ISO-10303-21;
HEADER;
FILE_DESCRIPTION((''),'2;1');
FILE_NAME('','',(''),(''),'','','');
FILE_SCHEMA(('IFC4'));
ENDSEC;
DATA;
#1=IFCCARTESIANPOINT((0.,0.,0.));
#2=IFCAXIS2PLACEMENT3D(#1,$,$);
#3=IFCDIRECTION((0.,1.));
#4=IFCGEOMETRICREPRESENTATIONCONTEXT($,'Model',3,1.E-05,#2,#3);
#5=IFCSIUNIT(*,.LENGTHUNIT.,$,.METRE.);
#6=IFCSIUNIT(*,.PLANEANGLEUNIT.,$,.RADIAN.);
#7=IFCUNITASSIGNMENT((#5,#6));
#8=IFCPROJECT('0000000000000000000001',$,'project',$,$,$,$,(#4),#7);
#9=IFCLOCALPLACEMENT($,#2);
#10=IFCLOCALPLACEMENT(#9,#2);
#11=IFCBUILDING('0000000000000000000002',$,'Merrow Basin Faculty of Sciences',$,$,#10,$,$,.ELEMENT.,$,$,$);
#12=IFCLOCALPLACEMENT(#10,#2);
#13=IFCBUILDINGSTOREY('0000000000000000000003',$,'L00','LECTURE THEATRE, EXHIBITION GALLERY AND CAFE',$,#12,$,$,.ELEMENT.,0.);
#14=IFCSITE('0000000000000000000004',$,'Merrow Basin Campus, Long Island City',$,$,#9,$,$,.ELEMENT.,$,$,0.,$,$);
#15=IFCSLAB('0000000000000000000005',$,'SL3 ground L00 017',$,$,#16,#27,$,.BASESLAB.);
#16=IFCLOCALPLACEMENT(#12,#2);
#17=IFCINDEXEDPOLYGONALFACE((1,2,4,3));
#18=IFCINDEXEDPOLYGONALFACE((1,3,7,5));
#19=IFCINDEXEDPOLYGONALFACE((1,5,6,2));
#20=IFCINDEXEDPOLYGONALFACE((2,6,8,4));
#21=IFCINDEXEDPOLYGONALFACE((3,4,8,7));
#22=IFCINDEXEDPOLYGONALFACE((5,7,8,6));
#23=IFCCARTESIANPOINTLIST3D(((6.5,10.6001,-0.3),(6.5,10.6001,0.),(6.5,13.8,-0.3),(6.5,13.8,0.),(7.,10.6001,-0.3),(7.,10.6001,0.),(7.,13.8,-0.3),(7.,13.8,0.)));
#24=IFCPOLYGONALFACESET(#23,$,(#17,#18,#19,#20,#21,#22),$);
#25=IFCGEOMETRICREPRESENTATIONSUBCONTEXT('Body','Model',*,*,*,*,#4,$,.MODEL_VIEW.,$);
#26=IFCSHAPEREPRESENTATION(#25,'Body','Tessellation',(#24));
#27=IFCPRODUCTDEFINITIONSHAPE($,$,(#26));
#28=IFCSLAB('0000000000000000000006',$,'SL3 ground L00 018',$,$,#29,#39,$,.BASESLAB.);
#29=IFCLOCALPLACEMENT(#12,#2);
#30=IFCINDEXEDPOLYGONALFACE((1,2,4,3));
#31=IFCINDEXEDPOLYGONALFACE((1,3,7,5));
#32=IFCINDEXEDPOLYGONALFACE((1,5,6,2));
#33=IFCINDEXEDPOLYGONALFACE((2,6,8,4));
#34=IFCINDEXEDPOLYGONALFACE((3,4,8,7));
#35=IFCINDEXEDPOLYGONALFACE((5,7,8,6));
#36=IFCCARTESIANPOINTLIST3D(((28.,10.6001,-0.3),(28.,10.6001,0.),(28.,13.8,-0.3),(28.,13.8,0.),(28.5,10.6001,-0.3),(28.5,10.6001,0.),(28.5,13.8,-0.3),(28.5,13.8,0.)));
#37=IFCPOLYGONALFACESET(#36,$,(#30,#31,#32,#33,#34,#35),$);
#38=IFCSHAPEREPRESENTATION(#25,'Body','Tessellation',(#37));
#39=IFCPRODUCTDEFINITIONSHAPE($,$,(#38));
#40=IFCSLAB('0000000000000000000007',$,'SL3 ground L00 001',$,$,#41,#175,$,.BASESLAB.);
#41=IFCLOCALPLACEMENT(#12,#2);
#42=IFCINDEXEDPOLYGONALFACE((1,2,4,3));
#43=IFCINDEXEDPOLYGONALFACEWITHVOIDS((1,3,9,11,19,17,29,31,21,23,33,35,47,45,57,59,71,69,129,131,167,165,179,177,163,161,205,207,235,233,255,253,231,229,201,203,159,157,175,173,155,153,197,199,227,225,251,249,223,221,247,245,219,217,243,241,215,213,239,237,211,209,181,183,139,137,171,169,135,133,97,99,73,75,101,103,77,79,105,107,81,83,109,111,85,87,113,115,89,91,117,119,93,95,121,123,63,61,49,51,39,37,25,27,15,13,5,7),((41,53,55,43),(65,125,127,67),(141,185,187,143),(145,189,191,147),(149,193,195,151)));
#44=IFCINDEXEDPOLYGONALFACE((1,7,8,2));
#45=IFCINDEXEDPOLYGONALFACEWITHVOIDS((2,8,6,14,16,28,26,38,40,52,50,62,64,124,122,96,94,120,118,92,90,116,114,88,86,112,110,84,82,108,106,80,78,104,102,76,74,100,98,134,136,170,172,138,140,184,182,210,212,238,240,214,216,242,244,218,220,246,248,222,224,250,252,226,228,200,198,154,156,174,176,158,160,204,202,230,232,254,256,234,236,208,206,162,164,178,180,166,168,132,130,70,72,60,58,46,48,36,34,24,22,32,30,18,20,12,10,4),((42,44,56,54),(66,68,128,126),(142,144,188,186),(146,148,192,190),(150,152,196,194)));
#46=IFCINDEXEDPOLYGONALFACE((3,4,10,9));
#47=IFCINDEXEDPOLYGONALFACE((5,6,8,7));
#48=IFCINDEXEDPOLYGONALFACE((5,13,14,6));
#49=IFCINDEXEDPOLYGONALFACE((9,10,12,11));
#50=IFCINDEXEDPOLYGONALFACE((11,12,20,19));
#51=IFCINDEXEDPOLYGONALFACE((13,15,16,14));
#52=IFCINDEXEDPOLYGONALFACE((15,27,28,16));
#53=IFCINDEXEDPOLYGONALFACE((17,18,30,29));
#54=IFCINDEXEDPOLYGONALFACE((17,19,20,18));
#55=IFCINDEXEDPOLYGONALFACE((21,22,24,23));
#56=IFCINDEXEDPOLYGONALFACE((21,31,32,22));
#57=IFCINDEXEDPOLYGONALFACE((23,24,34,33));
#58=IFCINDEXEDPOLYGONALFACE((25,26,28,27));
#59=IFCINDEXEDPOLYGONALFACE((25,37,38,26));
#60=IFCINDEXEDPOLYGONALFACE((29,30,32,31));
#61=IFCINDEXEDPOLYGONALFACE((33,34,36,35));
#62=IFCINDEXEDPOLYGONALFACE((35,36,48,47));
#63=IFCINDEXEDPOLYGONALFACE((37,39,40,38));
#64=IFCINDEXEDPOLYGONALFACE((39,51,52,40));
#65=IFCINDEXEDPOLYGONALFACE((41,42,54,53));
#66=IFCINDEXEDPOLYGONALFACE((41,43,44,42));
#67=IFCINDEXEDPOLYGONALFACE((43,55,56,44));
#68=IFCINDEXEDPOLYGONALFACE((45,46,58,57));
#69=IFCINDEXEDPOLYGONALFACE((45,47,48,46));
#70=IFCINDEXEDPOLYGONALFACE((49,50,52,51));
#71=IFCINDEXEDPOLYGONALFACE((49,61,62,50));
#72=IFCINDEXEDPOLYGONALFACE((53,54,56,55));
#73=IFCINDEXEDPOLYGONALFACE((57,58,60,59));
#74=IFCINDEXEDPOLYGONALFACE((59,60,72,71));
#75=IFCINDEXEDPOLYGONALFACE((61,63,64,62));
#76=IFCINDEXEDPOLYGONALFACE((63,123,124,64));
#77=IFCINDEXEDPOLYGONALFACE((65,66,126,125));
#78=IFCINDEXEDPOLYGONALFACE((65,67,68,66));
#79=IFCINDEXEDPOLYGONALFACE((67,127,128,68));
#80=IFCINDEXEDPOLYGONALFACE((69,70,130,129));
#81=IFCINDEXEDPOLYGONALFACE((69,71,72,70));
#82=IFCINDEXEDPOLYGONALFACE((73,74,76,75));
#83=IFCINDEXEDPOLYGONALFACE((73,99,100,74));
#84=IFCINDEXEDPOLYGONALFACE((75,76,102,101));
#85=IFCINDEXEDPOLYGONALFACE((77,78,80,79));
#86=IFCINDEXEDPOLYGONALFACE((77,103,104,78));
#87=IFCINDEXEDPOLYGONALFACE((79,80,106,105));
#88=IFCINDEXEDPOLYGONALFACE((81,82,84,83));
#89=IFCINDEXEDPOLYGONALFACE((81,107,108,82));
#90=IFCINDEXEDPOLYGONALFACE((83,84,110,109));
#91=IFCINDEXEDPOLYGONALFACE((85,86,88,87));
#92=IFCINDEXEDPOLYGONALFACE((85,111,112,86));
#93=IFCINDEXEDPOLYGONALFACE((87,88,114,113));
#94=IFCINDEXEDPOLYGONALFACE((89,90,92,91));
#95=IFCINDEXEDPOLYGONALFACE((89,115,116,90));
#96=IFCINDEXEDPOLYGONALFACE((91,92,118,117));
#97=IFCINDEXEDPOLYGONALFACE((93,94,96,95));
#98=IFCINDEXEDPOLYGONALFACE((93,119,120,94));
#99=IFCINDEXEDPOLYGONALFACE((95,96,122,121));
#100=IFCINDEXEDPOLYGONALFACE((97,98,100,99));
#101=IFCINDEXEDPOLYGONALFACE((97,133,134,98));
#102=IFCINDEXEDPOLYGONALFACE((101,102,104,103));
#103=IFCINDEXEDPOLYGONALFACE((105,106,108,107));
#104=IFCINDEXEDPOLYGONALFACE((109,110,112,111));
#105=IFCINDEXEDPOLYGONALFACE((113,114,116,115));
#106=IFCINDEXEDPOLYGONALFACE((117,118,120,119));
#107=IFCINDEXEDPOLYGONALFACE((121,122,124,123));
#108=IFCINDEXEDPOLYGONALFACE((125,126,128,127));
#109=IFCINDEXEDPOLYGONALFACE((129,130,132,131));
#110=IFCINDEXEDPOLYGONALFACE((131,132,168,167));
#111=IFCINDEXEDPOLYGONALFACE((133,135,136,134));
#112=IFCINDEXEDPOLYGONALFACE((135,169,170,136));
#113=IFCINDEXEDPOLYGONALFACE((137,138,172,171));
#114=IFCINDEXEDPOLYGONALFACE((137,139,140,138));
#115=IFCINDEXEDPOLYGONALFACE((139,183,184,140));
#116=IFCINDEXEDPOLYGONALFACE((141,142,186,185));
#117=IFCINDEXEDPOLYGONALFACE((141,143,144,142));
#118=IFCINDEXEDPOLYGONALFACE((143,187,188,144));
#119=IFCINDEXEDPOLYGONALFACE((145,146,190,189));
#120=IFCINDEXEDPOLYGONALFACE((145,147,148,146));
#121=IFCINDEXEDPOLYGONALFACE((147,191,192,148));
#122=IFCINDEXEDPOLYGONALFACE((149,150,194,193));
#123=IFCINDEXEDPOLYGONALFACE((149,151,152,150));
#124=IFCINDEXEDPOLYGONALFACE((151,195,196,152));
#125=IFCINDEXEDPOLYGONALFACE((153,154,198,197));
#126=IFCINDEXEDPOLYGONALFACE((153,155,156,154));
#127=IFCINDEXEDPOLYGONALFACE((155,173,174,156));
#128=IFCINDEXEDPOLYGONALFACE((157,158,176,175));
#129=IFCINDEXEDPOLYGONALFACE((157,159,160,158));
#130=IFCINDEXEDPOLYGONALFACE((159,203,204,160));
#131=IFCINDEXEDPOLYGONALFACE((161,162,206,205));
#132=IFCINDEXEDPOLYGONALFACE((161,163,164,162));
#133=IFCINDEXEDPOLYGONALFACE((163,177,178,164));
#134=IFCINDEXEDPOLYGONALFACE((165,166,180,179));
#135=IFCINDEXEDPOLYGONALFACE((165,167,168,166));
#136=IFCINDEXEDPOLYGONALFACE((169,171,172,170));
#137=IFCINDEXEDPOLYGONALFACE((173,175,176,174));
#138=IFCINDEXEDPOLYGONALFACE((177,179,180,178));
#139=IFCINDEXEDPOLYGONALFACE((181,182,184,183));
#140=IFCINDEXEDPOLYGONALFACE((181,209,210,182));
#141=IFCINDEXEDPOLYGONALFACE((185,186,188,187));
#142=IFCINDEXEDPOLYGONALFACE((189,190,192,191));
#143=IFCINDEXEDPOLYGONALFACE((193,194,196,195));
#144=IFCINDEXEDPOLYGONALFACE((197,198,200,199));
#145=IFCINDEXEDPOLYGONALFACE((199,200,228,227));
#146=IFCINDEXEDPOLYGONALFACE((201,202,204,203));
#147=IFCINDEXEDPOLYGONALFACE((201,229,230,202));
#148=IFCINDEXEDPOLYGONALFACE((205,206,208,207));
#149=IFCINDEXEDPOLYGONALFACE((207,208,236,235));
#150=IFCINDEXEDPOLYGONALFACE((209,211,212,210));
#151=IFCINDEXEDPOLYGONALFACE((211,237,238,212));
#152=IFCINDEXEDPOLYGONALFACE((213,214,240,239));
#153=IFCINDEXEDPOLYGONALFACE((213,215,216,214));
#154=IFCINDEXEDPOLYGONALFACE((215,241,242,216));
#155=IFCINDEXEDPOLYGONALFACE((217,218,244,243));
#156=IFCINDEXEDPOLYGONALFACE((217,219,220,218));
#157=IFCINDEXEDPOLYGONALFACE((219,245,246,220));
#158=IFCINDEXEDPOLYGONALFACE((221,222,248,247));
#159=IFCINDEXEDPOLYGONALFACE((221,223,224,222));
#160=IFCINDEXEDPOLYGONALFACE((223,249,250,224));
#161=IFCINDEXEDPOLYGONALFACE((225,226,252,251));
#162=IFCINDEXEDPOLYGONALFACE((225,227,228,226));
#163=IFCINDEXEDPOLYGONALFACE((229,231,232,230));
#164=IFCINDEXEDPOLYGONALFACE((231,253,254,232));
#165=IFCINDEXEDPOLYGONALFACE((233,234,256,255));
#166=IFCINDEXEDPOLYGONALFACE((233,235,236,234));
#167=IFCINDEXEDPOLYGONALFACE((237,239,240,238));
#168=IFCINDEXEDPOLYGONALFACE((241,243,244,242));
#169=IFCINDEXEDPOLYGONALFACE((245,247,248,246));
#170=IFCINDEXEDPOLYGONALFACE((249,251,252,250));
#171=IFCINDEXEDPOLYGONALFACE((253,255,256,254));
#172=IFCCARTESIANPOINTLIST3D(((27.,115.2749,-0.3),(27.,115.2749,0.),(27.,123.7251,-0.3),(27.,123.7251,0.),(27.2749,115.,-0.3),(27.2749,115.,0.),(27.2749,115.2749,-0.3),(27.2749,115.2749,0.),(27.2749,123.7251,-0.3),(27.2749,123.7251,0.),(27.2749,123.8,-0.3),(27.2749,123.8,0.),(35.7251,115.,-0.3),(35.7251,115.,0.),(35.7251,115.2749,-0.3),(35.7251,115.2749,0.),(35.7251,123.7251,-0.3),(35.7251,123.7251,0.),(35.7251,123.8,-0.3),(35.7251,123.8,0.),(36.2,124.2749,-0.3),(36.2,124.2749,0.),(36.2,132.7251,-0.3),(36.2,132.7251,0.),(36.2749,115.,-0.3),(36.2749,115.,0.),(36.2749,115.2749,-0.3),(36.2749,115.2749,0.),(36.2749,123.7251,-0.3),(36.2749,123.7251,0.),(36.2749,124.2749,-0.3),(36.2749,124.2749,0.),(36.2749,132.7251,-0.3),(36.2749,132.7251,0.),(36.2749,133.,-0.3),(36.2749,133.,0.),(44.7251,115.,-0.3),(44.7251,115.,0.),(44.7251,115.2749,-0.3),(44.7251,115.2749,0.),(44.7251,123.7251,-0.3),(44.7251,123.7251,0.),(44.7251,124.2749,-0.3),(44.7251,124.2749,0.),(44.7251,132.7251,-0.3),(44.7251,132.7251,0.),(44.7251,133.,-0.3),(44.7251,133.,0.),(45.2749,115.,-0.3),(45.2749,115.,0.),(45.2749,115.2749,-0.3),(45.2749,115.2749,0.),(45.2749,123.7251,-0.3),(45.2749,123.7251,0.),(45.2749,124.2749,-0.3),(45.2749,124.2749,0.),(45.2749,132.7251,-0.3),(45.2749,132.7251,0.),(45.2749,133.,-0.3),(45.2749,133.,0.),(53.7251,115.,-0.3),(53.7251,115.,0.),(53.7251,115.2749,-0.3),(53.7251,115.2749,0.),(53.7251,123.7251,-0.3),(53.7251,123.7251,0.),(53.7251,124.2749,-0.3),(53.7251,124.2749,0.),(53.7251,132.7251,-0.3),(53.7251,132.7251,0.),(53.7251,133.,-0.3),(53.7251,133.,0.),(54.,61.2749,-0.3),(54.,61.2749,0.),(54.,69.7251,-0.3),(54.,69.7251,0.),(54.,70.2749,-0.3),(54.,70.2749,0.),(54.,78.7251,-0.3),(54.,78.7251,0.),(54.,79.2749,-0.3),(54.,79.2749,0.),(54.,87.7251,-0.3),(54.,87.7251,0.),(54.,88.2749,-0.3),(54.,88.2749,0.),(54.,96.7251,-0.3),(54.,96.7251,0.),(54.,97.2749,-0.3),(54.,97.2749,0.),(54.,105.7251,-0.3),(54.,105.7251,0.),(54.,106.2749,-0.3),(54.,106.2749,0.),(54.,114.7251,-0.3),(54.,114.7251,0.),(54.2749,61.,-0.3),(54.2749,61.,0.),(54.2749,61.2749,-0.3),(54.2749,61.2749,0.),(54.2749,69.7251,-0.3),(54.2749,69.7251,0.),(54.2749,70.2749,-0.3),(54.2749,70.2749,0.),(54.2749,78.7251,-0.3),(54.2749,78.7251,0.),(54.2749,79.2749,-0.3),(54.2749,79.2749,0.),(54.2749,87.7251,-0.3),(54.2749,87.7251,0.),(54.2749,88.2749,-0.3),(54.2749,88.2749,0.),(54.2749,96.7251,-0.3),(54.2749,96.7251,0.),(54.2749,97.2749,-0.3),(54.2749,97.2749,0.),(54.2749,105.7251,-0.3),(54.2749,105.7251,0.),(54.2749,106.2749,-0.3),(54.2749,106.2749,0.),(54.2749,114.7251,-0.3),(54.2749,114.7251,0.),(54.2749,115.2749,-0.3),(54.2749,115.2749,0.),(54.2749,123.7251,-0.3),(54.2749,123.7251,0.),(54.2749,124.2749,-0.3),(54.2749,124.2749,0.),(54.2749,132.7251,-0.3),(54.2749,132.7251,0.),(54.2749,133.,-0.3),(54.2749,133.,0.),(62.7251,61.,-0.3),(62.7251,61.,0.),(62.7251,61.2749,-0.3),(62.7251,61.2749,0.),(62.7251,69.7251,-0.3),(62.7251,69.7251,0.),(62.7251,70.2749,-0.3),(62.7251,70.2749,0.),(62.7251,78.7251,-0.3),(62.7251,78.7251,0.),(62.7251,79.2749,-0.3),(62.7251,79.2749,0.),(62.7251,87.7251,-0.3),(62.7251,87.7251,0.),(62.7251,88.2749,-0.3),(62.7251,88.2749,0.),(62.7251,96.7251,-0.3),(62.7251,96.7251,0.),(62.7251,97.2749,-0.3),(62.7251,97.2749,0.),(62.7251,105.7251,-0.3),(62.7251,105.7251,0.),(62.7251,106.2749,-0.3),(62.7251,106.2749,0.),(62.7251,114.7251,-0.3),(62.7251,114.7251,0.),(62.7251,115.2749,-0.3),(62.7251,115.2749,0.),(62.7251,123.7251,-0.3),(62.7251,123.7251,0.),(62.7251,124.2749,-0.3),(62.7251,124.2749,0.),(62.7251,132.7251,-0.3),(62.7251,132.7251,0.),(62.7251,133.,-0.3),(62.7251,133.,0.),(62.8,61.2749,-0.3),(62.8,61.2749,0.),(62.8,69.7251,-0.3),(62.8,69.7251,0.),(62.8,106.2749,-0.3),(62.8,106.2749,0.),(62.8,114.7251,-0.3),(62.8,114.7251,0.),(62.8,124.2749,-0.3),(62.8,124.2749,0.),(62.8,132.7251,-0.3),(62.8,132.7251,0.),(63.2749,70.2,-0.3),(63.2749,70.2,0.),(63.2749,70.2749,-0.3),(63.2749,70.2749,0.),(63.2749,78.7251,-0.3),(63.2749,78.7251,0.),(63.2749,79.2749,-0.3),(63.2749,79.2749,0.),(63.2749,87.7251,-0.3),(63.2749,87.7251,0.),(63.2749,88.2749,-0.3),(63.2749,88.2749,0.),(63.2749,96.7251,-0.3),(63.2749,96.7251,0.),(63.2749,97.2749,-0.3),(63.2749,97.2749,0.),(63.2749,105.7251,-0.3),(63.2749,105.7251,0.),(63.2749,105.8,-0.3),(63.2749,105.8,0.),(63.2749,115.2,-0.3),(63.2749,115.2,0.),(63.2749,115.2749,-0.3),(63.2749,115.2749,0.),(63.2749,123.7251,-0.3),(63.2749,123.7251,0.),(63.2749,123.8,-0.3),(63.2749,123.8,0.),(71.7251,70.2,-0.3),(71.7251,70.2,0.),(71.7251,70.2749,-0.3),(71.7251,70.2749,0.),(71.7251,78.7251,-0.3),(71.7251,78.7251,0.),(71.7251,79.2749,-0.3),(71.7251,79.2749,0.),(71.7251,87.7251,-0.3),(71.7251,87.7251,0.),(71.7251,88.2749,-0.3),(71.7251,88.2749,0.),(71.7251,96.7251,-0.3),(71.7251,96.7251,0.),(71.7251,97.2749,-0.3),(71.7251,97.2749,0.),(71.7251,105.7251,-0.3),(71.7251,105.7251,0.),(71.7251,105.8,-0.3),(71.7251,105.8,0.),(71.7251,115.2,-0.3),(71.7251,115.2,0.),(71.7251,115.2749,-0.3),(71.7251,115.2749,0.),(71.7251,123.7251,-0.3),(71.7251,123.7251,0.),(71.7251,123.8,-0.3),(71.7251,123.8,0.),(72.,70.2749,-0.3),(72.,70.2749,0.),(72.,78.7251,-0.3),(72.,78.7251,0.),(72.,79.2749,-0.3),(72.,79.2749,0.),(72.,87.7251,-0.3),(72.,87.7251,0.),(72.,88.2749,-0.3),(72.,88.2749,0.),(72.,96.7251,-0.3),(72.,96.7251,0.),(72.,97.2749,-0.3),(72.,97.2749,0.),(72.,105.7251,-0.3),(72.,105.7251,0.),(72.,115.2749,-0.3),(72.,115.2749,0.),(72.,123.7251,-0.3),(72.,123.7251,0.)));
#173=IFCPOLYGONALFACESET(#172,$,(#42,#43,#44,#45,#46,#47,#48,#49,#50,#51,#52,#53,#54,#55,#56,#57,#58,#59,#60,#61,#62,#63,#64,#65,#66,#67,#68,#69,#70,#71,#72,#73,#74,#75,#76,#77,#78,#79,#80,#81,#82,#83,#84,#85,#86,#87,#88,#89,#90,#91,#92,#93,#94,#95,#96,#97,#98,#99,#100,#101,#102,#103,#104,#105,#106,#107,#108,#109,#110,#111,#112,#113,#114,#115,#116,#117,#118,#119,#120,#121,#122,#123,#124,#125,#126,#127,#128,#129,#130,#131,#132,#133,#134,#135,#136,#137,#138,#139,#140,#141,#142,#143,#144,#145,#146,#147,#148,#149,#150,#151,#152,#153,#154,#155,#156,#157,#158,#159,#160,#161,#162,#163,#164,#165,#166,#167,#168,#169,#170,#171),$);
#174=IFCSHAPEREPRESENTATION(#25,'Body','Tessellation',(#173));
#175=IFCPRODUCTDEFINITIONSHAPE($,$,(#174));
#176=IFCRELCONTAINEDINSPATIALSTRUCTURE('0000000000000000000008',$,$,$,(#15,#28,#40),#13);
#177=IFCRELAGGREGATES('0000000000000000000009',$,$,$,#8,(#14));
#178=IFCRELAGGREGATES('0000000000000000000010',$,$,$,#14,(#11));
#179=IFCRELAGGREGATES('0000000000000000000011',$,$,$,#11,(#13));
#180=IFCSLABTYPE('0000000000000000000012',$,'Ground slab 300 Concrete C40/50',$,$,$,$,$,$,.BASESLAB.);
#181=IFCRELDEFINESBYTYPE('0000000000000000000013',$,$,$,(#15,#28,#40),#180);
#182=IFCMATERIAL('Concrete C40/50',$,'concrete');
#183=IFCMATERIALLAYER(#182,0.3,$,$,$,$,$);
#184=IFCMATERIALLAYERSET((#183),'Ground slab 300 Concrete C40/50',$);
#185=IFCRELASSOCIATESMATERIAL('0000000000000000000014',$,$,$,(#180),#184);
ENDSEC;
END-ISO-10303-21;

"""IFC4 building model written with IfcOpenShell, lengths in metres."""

from ifc_helpers import new_model, si_unit, direction, frame, origin, place, context, subcontext, project, spatial, polyline, outline, extrude, material, layer, layer_set, type_object, element, save


model = new_model("IFC4")

# Units and contexts
model_context = context("Model", 3, precision=1e-05, world=origin(), true_north=direction((0.0, 1.0)))
body_context = subcontext(model_context, "Body", "Model", "MODEL_VIEW")
ifc_project = project(units=[si_unit("LENGTHUNIT", "METRE"), si_unit("PLANEANGLEUNIT", "RADIAN")], contexts=[model_context])

# Site, building, storey
site_placement = place(None, origin())
site = spatial("IfcSite", under=ifc_project, at=site_placement, Name="Merrow Basin Campus, Long Island City", CompositionType="ELEMENT", RefElevation=0.0)
building_placement = place(site_placement, origin())
building = spatial("IfcBuilding", under=site, at=building_placement, Name="Merrow Basin Faculty of Sciences", CompositionType="ELEMENT")
storey_placement = place(building_placement, origin())
storey = spatial("IfcBuildingStorey", under=building, at=storey_placement, Name="L00", Description="LECTURE THEATRE, EXHIBITION GALLERY AND CAFE", CompositionType="ELEMENT", Elevation=0.0)

# Slabs
ifc_material_1 = material(Name="Concrete C40/50", Category="concrete")
ifc_layer = layer(ifc_material_1, 0.3)
ifc_layer_set = layer_set([ifc_layer], Name="Ground slab 300 Concrete C40/50")
slab_type = type_object("IfcSlabType", Name="Ground slab 300 Concrete C40/50", PredefinedType="BASESLAB", material=ifc_layer_set)
slab_1_placement = place(storey_placement, frame((0.0, 0.0, -0.3)))
element("IfcSlab", 1, at=slab_1_placement, inside=storey, type_object=slab_type, Name="SL3 ground L00 017", PredefinedType="BASESLAB", context=body_context, shape_type="SweptSolid", body=[
    extrude(outline(polyline([(7.0, 13.8), (7.0, 10.6001), (6.5, 10.6001), (6.5, 13.8), (7.0, 13.8)])), origin(), (0.0, 0.0, 1.0), 0.3),
])
slab_2_placement = place(storey_placement, frame((0.0, 0.0, -0.3)))
element("IfcSlab", 2, at=slab_2_placement, inside=storey, type_object=slab_type, Name="SL3 ground L00 018", PredefinedType="BASESLAB", context=body_context, shape_type="SweptSolid", body=[
    extrude(outline(polyline([(28.0, 10.6001), (28.0, 13.8), (28.5, 13.8), (28.5, 10.6001), (28.0, 10.6001)])), origin(), (0.0, 0.0, 1.0), 0.3),
])
slab_3_placement = place(storey_placement, frame((0.0, 0.0, -0.3)))
element("IfcSlab", 3, at=slab_3_placement, inside=storey, type_object=slab_type, Name="SL3 ground L00 001", PredefinedType="BASESLAB", context=body_context, shape_type="SweptSolid", body=[
    extrude(outline(polyline([(54.2749, 61.2749), (54.0, 61.2749), (54.0, 69.7251), (54.2749, 69.7251), (54.2749, 70.2749), (54.0, 70.2749), (54.0, 78.7251), (54.2749, 78.7251), (54.2749, 79.2749), (54.0, 79.2749), (54.0, 87.7251), (54.2749, 87.7251), (54.2749, 88.2749), (54.0, 88.2749), (54.0, 96.7251), (54.2749, 96.7251), (54.2749, 97.2749), (54.0, 97.2749), (54.0, 105.7251), (54.2749, 105.7251), (54.2749, 106.2749), (54.0, 106.2749), (54.0, 114.7251), (54.2749, 114.7251), (54.2749, 115.2749), (53.7251, 115.2749), (53.7251, 115.0), (45.2749, 115.0), (45.2749, 115.2749), (44.7251, 115.2749), (44.7251, 115.0), (36.2749, 115.0), (36.2749, 115.2749), (35.7251, 115.2749), (35.7251, 115.0), (27.2749, 115.0), (27.2749, 115.2749), (27.0, 115.2749), (27.0, 123.7251), (27.2749, 123.7251), (27.2749, 123.8), (35.7251, 123.8), (35.7251, 123.7251), (36.2749, 123.7251), (36.2749, 124.2749), (36.2, 124.2749), (36.2, 132.7251), (36.2749, 132.7251), (36.2749, 133.0), (44.7251, 133.0), (44.7251, 132.7251), (45.2749, 132.7251), (45.2749, 133.0), (53.7251, 133.0), (53.7251, 132.7251), (54.2749, 132.7251), (54.2749, 133.0), (62.7251, 133.0), (62.7251, 132.7251), (62.8, 132.7251), (62.8, 124.2749), (62.7251, 124.2749), (62.7251, 123.7251), (63.2749, 123.7251), (63.2749, 123.8), (71.7251, 123.8), (71.7251, 123.7251), (72.0, 123.7251), (72.0, 115.2749), (71.7251, 115.2749), (71.7251, 115.2), (63.2749, 115.2), (63.2749, 115.2749), (62.7251, 115.2749), (62.7251, 114.7251), (62.8, 114.7251), (62.8, 106.2749), (62.7251, 106.2749), (62.7251, 105.7251), (63.2749, 105.7251), (63.2749, 105.8), (71.7251, 105.8), (71.7251, 105.7251), (72.0, 105.7251), (72.0, 97.2749), (71.7251, 97.2749), (71.7251, 96.7251), (72.0, 96.7251), (72.0, 88.2749), (71.7251, 88.2749), (71.7251, 87.7251), (72.0, 87.7251), (72.0, 79.2749), (71.7251, 79.2749), (71.7251, 78.7251), (72.0, 78.7251), (72.0, 70.2749), (71.7251, 70.2749), (71.7251, 70.2), (63.2749, 70.2), (63.2749, 70.2749), (62.7251, 70.2749), (62.7251, 69.7251), (62.8, 69.7251), (62.8, 61.2749), (62.7251, 61.2749), (62.7251, 61.0), (54.2749, 61.0), (54.2749, 61.2749)]), holes=[polyline([(62.7251, 79.2749), (62.7251, 78.7251), (63.2749, 78.7251), (63.2749, 79.2749), (62.7251, 79.2749)]), polyline([(62.7251, 88.2749), (62.7251, 87.7251), (63.2749, 87.7251), (63.2749, 88.2749), (62.7251, 88.2749)]), polyline([(63.2749, 97.2749), (62.7251, 97.2749), (62.7251, 96.7251), (63.2749, 96.7251), (63.2749, 97.2749)]), polyline([(53.7251, 124.2749), (53.7251, 123.7251), (54.2749, 123.7251), (54.2749, 124.2749), (53.7251, 124.2749)]), polyline([(44.7251, 124.2749), (44.7251, 123.7251), (45.2749, 123.7251), (45.2749, 124.2749), (44.7251, 124.2749)])]), origin(), (0.0, 0.0, 1.0), 0.3),
])

save(model, "model.ifc")
